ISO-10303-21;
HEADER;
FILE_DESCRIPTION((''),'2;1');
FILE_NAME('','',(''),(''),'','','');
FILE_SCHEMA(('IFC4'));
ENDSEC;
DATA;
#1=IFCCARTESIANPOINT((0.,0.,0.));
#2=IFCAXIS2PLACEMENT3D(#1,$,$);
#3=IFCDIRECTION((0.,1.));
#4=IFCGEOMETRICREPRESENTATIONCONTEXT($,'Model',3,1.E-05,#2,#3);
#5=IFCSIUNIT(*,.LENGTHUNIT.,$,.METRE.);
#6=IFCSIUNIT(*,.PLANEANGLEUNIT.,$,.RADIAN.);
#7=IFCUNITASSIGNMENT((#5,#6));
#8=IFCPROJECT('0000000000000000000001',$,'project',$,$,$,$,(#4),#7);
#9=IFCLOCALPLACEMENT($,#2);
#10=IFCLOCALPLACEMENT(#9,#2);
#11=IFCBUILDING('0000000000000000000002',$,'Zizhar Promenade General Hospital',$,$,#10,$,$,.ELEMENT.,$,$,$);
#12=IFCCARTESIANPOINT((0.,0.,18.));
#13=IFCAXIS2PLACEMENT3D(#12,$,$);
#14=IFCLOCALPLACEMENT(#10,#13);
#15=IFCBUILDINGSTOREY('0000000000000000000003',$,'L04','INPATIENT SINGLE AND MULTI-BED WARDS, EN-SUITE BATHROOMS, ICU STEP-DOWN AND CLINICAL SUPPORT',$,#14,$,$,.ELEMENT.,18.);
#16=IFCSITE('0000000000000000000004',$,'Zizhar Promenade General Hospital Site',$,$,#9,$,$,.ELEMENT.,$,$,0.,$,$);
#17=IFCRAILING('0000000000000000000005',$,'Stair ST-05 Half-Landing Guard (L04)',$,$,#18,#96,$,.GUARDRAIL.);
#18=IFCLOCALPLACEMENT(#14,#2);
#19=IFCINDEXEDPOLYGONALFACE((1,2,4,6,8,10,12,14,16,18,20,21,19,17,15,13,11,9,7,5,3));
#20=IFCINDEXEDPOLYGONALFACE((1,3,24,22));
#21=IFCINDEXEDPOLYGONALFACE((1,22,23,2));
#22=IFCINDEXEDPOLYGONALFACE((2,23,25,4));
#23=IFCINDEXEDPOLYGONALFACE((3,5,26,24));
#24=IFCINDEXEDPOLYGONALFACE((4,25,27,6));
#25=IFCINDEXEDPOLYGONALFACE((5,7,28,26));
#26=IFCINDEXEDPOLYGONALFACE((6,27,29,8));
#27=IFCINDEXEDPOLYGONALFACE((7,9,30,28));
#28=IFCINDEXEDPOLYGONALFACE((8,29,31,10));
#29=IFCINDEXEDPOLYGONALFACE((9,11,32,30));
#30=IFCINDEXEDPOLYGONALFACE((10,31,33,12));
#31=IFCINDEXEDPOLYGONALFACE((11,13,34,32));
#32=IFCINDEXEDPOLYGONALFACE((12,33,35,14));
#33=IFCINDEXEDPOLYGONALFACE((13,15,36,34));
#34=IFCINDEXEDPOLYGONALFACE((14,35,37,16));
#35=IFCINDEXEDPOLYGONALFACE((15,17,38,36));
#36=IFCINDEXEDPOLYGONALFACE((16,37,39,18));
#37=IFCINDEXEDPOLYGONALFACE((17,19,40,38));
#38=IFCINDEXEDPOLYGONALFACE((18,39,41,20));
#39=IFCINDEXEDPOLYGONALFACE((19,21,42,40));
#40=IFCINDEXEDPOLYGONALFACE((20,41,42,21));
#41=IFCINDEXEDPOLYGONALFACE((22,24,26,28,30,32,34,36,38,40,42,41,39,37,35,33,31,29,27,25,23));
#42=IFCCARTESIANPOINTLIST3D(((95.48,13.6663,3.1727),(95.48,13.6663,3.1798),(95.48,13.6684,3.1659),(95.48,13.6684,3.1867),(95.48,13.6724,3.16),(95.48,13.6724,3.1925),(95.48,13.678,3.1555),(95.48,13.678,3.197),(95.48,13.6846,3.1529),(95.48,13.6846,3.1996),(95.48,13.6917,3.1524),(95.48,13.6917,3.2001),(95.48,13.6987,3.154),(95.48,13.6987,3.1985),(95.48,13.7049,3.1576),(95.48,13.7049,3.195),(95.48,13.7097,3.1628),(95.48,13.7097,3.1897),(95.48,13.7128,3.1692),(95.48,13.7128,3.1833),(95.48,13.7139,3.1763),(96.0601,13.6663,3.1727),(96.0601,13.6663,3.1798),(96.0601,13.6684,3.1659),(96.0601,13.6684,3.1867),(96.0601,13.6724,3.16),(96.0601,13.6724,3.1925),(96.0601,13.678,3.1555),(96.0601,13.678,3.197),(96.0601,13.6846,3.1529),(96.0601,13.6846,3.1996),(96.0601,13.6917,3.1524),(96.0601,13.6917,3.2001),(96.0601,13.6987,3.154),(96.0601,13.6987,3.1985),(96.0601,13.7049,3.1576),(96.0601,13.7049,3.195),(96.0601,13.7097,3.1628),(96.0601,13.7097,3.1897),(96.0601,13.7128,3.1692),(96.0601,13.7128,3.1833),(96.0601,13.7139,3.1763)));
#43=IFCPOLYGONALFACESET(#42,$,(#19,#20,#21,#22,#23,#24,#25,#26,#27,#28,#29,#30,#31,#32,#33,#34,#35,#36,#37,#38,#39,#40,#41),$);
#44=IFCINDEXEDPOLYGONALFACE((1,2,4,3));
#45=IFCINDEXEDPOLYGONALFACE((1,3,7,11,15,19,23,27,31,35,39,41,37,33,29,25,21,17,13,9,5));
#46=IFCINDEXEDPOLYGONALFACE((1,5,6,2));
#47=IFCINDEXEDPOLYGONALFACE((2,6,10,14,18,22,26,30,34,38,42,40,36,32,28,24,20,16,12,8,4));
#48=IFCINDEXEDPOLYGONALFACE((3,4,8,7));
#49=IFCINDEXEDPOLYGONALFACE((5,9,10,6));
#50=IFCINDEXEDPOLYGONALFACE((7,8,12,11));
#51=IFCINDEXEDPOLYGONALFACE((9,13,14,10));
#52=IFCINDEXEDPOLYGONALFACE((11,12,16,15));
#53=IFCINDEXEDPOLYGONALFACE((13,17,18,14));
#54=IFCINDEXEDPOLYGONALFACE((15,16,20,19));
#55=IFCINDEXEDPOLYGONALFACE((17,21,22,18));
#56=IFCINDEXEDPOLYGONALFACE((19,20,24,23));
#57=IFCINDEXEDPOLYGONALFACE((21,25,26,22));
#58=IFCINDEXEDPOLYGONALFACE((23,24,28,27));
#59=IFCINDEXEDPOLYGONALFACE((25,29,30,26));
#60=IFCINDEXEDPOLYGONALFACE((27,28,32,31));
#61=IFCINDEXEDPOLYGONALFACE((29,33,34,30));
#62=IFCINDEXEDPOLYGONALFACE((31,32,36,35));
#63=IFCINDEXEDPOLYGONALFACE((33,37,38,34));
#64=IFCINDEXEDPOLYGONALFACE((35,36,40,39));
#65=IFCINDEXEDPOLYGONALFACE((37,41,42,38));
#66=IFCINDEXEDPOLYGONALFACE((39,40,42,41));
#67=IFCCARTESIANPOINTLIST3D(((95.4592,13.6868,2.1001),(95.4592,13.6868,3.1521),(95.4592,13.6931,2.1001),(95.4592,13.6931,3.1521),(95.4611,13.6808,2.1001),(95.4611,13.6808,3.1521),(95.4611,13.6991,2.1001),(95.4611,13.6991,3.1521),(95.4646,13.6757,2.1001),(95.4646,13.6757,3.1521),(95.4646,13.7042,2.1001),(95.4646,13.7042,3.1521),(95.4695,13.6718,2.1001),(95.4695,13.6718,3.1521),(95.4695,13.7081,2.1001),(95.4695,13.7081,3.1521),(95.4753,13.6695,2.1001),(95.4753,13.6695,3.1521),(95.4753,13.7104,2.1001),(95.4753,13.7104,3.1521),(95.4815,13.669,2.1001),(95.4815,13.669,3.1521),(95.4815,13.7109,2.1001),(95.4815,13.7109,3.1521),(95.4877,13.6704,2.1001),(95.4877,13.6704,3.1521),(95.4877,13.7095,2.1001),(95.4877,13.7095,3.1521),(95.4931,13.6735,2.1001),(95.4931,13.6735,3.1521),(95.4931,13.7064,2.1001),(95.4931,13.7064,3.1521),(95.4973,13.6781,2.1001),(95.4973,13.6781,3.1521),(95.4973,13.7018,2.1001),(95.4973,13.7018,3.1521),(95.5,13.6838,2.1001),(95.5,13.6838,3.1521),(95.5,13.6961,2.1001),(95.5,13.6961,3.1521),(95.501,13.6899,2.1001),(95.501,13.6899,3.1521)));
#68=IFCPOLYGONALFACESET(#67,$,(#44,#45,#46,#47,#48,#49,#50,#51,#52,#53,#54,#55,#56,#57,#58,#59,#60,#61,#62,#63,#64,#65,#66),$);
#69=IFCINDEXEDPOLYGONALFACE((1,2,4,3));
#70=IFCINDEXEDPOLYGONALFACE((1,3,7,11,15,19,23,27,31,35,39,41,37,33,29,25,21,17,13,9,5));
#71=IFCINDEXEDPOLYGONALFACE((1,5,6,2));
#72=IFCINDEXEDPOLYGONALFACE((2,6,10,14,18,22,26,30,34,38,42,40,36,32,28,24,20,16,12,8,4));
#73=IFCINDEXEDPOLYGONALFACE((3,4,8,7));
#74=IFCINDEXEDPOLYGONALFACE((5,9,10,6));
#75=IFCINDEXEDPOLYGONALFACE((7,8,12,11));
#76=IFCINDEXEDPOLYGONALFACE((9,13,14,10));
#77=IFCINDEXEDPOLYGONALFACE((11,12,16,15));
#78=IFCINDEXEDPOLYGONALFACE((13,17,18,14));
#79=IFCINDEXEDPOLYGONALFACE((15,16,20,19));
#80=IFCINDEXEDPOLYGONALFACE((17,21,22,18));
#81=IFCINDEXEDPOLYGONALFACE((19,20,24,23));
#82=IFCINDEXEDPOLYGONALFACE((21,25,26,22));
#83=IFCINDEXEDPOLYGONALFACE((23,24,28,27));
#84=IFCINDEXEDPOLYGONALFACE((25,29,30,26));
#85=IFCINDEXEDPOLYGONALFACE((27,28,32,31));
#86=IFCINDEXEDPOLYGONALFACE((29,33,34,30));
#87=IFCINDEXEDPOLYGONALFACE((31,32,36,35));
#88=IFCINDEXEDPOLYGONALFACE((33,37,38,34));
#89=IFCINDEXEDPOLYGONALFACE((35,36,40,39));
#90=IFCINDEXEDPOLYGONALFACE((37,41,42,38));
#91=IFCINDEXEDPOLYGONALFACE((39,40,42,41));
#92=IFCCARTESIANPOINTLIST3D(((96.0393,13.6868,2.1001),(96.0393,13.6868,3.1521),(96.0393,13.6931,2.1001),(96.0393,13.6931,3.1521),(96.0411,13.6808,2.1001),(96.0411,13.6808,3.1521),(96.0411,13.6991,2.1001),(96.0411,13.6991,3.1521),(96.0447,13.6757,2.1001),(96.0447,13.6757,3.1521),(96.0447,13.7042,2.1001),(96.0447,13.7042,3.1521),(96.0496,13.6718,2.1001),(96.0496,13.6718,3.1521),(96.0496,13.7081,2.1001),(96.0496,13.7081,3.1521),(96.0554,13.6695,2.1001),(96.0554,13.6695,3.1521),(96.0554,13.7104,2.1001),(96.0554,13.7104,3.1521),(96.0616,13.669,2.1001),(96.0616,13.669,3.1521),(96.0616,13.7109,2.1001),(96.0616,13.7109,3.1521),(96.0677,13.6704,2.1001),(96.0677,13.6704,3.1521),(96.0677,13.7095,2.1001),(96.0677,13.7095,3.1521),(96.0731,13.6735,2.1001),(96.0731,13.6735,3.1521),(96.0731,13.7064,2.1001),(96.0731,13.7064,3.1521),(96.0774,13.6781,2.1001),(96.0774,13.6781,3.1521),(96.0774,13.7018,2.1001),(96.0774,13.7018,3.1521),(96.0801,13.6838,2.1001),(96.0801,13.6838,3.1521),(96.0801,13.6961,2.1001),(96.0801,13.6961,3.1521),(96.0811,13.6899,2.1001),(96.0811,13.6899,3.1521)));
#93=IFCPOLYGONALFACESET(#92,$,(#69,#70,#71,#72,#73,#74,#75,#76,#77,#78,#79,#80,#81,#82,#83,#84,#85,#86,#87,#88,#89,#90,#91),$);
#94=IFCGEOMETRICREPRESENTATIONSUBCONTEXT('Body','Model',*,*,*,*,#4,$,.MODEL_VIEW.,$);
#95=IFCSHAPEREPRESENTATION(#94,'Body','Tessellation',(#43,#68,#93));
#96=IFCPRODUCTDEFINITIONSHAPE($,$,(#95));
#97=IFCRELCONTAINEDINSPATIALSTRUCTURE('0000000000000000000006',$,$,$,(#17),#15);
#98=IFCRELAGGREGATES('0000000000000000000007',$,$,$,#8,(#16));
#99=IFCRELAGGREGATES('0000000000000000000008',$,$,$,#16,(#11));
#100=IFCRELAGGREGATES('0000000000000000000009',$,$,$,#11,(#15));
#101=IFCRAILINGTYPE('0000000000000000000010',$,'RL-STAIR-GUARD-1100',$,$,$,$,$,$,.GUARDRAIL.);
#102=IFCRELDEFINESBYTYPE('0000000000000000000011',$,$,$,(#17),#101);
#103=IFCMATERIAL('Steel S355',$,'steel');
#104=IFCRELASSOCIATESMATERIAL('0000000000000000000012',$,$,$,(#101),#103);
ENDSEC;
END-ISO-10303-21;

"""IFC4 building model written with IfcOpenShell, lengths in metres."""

from ifc_helpers import new_model, si_unit, direction, frame, origin, origin_2d, place, context, subcontext, project, spatial, circle, hollow_circle, extrude, material, material_profile, profile_set, type_object, element, save


model = new_model("IFC4")

# Units and contexts
model_context = context("Model", 3, precision=1e-05, world=origin(), true_north=direction((0.0, 1.0)))
body_context = subcontext(model_context, "Body", "Model", "MODEL_VIEW")
ifc_project = project(units=[si_unit("LENGTHUNIT", "METRE"), si_unit("PLANEANGLEUNIT", "RADIAN")], contexts=[model_context])

# Site, building, storey
site_placement = place(None, origin())
site = spatial("IfcSite", under=ifc_project, at=site_placement, Name="Zizhar Promenade General Hospital Site", CompositionType="ELEMENT", RefElevation=0.0)
building_placement = place(site_placement, origin())
building = spatial("IfcBuilding", under=site, at=building_placement, Name="Zizhar Promenade General Hospital", CompositionType="ELEMENT")
storey_placement = place(building_placement, frame((0.0, 0.0, 18.0)))
storey = spatial("IfcBuildingStorey", under=building, at=storey_placement, Name="L04", Description="INPATIENT SINGLE AND MULTI-BED WARDS, EN-SUITE BATHROOMS, ICU STEP-DOWN AND CLINICAL SUPPORT", CompositionType="ELEMENT", Elevation=18.0)

# Railing
ifc_material_1 = material(Name="Steel S355", Category="steel")
ifc_material_profile_1 = material_profile(ifc_material_1, hollow_circle(Radius=0.0698, WallThickness=0.0063, at=origin_2d()))
ifc_profile_set_1 = profile_set([ifc_material_profile_1], Name="Steel S355")
railing_type_1 = type_object("IfcRailingType", Name="RL-STAIR-GUARD-1100", PredefinedType="GUARDRAIL", material=ifc_profile_set_1)
railing_1_placement = place(storey_placement, frame((95.48, 13.6899, 2.1001)))
element("IfcRailing", 1, at=railing_1_placement, inside=storey, type_object=railing_type_1, Name="Stair ST-05 Half-Landing Guard (L04)", PredefinedType="GUARDRAIL", context=body_context, shape_type="SweptSolid", body=[
    extrude(circle(Radius=0.0239, at=origin_2d()), frame((0.0, 0.0, 1.0762), z_axis=(1.0, 0.0, 0.0), x_axis=(0.0, 1.0, 0.0)), (0.0, 0.0, 1.0), 0.5801),
    extrude(circle(Radius=0.021, at=origin_2d()), origin(), (0.0, 0.0, 1.0), 1.052),
    extrude(circle(Radius=0.021, at=origin_2d()), frame((0.5801, 0.0, 0.0)), (0.0, 0.0, 1.0), 1.052),
])

save(model, "model.ifc")
